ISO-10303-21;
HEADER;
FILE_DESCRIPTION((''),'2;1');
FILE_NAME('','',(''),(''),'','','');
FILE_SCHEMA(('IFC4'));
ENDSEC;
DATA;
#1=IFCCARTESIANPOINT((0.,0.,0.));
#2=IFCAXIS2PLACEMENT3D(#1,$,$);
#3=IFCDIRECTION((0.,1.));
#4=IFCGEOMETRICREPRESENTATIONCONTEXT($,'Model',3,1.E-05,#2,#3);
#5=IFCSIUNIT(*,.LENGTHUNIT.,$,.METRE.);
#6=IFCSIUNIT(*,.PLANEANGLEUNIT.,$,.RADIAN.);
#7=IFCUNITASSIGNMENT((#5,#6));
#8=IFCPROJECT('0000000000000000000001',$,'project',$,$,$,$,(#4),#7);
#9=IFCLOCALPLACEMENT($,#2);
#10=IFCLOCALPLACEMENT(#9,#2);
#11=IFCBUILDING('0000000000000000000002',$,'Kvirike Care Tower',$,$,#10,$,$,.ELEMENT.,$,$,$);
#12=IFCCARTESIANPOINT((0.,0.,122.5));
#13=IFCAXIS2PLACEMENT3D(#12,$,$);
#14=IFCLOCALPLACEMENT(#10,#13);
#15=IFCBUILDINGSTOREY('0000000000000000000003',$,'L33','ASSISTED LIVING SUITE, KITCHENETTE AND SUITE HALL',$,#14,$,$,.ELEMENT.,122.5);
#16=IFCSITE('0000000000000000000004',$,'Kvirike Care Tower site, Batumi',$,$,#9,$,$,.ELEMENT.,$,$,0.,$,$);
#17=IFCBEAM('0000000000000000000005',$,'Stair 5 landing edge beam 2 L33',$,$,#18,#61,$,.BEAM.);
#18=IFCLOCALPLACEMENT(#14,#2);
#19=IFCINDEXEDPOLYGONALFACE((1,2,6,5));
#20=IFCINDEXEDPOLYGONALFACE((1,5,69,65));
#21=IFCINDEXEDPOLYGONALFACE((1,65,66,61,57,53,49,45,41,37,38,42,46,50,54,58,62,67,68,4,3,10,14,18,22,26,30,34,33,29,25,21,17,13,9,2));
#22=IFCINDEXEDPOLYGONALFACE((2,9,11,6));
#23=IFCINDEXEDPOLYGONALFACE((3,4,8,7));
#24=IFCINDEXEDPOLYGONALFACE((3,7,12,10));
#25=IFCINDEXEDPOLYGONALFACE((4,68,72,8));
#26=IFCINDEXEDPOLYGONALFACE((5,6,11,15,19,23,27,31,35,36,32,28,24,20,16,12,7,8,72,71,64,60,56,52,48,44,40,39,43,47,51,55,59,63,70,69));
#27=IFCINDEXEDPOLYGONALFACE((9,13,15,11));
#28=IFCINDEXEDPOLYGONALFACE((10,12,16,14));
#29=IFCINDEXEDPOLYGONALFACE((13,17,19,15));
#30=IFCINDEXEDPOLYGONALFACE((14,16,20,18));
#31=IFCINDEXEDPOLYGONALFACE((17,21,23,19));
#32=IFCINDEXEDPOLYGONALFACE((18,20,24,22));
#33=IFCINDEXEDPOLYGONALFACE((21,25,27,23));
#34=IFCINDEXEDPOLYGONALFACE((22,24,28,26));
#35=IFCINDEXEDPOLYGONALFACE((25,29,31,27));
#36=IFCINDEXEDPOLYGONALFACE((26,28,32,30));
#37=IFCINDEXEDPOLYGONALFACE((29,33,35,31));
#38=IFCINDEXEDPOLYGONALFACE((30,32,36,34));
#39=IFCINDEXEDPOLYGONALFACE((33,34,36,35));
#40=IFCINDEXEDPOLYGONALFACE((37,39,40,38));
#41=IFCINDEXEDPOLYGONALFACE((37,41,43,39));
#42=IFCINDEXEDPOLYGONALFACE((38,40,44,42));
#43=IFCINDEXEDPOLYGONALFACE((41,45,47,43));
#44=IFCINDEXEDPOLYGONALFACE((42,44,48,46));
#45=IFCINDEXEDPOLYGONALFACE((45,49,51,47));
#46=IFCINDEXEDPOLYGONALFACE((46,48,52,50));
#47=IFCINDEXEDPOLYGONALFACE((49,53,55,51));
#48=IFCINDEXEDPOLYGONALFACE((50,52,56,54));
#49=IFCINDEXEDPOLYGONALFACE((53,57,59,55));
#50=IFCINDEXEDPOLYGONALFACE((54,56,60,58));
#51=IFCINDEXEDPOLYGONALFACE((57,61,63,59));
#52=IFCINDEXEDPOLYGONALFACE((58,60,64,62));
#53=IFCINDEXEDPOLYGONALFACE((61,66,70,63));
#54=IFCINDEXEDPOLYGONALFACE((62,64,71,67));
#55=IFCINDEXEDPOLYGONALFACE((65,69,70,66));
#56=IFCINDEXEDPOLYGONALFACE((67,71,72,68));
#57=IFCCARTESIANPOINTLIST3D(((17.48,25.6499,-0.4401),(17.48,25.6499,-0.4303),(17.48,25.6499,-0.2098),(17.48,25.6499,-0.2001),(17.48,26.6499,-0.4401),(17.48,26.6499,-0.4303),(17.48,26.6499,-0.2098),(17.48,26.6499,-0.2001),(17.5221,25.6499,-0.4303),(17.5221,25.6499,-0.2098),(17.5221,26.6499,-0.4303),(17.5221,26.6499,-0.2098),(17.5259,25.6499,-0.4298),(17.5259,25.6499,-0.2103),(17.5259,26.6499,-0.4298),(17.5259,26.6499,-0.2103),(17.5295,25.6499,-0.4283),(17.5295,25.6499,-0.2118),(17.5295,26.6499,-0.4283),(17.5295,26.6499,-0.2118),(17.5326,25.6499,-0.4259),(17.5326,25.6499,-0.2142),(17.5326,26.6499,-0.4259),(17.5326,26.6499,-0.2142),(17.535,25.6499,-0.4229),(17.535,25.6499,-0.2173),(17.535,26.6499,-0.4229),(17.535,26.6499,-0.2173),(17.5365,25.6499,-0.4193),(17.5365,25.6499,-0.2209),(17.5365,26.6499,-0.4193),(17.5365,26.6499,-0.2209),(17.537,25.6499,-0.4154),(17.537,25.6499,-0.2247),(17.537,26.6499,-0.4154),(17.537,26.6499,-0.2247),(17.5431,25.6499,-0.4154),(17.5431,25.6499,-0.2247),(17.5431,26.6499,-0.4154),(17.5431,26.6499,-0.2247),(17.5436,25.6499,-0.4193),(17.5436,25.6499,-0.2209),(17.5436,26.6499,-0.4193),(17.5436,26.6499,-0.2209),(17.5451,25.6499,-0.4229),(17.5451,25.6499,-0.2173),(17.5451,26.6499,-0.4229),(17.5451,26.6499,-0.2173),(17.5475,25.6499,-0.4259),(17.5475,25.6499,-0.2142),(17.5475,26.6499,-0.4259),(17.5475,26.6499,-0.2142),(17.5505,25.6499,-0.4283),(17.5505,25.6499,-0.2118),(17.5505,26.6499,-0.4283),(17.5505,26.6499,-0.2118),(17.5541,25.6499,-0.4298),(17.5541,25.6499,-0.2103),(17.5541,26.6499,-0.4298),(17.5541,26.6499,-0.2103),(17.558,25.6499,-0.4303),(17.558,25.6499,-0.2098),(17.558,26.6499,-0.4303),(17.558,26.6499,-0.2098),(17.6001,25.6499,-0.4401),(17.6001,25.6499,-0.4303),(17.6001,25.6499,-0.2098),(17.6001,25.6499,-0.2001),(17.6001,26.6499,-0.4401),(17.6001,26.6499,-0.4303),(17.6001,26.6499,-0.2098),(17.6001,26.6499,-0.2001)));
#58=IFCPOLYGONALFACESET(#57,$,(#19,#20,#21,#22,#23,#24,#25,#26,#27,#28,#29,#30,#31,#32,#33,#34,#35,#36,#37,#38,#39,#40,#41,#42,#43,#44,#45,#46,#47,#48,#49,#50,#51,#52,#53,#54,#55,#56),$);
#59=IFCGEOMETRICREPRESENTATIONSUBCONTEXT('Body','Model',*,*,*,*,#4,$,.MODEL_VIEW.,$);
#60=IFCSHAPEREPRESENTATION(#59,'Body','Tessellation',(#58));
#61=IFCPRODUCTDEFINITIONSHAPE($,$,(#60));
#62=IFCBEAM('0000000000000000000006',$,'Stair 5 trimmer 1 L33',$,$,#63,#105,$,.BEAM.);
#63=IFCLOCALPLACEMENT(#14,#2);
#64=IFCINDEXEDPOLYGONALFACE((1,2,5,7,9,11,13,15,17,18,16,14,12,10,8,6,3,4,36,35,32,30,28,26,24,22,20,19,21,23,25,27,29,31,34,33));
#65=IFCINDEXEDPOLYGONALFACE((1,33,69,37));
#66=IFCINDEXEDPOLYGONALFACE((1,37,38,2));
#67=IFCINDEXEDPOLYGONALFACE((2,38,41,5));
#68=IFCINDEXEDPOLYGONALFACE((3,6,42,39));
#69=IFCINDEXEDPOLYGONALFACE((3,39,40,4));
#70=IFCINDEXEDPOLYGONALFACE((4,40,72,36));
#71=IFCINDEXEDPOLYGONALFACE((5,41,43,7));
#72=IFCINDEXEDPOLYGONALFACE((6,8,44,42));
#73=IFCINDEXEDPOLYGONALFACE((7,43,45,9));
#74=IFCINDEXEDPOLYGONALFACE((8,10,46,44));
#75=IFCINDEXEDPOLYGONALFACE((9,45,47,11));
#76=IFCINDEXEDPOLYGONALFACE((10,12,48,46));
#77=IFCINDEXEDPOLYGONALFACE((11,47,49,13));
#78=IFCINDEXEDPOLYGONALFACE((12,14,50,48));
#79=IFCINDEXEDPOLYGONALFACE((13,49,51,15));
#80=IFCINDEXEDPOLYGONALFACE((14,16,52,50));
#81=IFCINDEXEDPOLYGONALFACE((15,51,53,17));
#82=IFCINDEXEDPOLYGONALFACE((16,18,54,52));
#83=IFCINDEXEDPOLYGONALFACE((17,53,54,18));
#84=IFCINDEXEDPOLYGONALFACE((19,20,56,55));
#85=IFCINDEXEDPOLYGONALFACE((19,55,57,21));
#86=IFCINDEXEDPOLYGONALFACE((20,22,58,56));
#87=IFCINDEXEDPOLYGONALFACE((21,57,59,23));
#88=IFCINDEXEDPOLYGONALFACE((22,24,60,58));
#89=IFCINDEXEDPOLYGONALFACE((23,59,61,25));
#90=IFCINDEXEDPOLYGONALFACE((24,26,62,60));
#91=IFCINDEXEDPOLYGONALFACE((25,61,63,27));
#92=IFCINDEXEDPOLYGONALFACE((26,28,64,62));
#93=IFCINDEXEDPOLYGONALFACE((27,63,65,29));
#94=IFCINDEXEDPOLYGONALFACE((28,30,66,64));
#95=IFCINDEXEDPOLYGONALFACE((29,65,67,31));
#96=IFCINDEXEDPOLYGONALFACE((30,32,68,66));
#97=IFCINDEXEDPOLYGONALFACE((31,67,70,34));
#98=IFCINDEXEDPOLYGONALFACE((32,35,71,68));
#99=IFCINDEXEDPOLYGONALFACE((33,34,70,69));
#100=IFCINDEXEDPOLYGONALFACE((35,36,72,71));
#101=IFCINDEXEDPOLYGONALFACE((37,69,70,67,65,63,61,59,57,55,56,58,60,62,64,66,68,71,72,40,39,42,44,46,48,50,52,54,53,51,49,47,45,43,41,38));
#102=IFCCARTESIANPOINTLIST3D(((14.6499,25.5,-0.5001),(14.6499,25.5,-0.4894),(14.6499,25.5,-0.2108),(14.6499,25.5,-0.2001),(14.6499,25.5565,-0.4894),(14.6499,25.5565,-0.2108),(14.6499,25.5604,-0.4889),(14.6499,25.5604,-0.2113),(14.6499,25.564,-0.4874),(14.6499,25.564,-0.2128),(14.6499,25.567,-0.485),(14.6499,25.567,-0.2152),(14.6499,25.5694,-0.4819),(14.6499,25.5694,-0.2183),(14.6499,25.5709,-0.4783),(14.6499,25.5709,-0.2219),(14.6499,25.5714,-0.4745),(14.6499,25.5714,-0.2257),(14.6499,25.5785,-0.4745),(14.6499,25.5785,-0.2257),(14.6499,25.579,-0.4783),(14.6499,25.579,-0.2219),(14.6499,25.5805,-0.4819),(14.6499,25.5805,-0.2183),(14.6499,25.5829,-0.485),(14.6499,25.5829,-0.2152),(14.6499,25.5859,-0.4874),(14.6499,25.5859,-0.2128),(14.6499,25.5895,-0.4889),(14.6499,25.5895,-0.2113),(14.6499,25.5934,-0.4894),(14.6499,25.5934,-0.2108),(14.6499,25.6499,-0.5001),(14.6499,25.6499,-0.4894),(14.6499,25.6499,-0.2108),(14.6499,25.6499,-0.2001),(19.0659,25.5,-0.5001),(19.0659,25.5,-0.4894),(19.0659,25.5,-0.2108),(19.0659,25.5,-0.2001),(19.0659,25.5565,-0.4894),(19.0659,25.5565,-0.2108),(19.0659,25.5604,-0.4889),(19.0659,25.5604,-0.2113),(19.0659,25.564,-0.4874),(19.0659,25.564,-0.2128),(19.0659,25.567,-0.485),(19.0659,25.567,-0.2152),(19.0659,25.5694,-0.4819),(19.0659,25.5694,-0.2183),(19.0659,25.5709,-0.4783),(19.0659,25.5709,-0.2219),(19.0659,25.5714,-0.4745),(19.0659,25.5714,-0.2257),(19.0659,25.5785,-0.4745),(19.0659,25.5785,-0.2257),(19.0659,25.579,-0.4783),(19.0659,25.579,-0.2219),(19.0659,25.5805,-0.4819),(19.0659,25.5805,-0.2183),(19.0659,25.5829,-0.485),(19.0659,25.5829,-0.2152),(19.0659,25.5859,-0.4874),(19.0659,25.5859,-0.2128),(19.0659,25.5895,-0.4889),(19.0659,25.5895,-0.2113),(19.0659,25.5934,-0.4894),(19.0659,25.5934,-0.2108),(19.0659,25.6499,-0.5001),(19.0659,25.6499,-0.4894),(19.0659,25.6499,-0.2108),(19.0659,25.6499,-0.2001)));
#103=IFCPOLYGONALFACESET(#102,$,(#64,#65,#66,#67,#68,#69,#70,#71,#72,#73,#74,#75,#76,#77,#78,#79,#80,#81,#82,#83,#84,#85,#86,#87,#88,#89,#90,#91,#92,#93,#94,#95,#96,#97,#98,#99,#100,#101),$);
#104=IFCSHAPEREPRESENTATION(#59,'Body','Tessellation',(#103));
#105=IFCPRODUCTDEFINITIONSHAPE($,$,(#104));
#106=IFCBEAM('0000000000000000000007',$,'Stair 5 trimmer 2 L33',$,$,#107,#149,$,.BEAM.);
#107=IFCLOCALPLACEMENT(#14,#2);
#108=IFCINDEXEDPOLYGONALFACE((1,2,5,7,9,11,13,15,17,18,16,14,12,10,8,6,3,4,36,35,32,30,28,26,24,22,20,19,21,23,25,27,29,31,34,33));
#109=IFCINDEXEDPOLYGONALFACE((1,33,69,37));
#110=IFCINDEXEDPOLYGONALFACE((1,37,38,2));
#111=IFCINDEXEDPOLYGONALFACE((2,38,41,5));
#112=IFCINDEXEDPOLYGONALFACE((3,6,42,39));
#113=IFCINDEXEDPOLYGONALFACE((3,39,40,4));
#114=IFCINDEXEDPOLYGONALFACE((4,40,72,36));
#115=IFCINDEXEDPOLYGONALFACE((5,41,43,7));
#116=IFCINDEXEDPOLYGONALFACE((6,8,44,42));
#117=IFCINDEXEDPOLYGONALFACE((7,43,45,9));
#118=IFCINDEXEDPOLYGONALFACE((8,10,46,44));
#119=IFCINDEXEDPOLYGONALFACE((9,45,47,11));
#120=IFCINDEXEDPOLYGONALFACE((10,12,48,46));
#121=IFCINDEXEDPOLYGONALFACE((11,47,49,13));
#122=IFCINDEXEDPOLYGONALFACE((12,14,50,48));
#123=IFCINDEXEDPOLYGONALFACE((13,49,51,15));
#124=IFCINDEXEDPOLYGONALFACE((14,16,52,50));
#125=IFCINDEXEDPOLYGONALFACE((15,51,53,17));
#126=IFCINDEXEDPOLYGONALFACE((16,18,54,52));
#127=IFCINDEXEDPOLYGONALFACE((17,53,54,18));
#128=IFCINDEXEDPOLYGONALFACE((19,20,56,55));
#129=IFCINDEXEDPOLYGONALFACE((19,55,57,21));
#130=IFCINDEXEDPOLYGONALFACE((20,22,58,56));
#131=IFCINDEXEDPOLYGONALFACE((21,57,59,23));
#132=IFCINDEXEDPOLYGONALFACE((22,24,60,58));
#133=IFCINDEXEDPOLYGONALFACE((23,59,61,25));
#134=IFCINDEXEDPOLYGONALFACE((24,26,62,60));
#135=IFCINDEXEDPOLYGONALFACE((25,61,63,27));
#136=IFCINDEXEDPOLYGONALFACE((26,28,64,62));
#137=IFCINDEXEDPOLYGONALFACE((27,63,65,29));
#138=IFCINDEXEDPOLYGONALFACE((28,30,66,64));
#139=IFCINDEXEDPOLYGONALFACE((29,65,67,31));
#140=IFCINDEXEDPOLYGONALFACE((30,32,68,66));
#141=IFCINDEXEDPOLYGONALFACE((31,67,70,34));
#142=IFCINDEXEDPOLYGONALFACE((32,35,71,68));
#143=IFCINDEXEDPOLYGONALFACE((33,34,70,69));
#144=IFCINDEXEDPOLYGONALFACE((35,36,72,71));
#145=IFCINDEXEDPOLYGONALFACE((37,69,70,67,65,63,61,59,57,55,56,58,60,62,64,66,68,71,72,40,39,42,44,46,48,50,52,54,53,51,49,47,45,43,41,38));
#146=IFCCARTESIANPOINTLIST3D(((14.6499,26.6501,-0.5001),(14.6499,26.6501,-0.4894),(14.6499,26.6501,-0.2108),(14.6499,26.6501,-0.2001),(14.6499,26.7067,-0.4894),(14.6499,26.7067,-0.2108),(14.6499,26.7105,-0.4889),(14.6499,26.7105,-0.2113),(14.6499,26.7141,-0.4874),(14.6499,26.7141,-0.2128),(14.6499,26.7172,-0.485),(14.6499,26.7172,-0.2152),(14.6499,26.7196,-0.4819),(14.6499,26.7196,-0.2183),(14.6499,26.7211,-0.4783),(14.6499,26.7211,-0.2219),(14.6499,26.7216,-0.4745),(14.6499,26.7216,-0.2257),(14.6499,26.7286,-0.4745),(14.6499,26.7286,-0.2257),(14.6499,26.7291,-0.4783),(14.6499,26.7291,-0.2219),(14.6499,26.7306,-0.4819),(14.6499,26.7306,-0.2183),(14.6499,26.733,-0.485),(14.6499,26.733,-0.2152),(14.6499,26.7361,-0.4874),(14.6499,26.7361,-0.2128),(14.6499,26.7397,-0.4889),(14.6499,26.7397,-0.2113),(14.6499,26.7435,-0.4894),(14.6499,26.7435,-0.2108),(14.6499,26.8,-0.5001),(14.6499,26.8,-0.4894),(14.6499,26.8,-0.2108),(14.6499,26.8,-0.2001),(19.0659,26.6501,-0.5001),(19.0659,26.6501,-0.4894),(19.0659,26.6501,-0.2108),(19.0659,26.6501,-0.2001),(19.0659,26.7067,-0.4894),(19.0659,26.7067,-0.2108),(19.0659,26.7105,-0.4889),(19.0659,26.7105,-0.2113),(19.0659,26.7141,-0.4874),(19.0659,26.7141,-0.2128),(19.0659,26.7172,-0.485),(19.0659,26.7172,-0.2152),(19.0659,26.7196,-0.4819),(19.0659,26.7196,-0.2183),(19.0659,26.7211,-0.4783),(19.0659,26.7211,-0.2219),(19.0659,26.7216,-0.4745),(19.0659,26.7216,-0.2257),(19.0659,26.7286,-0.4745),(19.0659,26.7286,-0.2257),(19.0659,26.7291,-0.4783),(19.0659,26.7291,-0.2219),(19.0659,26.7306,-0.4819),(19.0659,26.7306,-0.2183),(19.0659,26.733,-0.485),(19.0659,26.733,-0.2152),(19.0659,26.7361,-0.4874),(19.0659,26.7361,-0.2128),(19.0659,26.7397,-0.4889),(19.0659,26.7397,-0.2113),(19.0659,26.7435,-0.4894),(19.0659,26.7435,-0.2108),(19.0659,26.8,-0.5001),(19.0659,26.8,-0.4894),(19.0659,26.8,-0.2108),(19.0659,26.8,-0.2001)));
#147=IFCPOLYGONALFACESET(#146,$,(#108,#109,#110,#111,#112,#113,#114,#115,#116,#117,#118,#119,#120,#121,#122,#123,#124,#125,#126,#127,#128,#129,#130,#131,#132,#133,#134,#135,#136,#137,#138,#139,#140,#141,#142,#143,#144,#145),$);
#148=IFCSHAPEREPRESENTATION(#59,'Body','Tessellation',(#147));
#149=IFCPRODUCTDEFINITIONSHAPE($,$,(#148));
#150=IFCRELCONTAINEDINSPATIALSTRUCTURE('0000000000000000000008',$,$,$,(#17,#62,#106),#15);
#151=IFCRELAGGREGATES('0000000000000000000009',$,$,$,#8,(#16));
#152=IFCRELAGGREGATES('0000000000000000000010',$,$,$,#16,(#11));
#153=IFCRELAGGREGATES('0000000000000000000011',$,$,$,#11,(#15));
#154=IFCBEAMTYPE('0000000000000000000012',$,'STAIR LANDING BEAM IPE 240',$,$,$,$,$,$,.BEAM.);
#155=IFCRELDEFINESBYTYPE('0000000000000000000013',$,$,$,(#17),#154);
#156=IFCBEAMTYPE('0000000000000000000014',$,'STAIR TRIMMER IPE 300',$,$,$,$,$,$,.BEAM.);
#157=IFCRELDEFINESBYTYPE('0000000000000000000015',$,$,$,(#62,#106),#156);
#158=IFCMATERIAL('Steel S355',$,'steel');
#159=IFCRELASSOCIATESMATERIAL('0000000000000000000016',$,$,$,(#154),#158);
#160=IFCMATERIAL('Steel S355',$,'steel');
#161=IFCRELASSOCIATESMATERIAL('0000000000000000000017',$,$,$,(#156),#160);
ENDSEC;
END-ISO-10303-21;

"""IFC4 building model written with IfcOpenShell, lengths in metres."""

from ifc_helpers import new_model, si_unit, direction, frame, origin, origin_2d, place, context, subcontext, project, spatial, i_section, extrude, material, material_profile, profile_set, type_object, element, save


model = new_model("IFC4")

# Units and contexts
model_context = context("Model", 3, precision=1e-05, world=origin(), true_north=direction((0.0, 1.0)))
body_context = subcontext(model_context, "Body", "Model", "MODEL_VIEW")
ifc_project = project(units=[si_unit("LENGTHUNIT", "METRE"), si_unit("PLANEANGLEUNIT", "RADIAN")], contexts=[model_context])

# Site, building, storey
site_placement = place(None, origin())
site = spatial("IfcSite", under=ifc_project, at=site_placement, Name="Kvirike Care Tower site, Batumi", CompositionType="ELEMENT", RefElevation=0.0)
building_placement = place(site_placement, origin())
building = spatial("IfcBuilding", under=site, at=building_placement, Name="Kvirike Care Tower", CompositionType="ELEMENT")
storey_placement = place(building_placement, frame((0.0, 0.0, 122.5)))
storey = spatial("IfcBuildingStorey", under=building, at=storey_placement, Name="L33", Description="ASSISTED LIVING SUITE, KITCHENETTE AND SUITE HALL", CompositionType="ELEMENT", Elevation=122.5)

# Beams
ifc_material_1 = material(Name="Steel S355", Category="steel")
ifc_material_profile_1 = material_profile(ifc_material_1, i_section(OverallWidth=0.1201, OverallDepth=0.24, WebThickness=0.0061, FlangeThickness=0.0098, FilletRadius=0.0149, at=origin_2d()), Name="IPE 240")
ifc_profile_set_1 = profile_set([ifc_material_profile_1], Name="Steel S355")
beam_type_1 = type_object("IfcBeamType", Name="STAIR LANDING BEAM IPE 240", PredefinedType="BEAM", material=ifc_profile_set_1)
for number, where, z_axis, x_axis, name in (
    (1, (17.54, 25.6499, -0.3201), (0.0, 1.0, 0.0), (-1.0, 0.0, 0.0), "Stair 5 landing edge beam 2 L33"),
):
    element("IfcBeam", number, at=place(storey_placement, frame(where, z_axis=z_axis, x_axis=x_axis)), inside=storey, type_object=beam_type_1, Name=name, PredefinedType="BEAM", context=body_context, shape_type="SweptSolid", body=[
        extrude(i_section(OverallWidth=0.1201, OverallDepth=0.24, WebThickness=0.0061, FlangeThickness=0.0098, FilletRadius=0.0149, at=origin_2d()), origin(), (0.0, 0.0, 1.0), 1.0),
    ])
ifc_material_2 = material(Name="Steel S355", Category="steel")
ifc_material_profile_2 = material_profile(ifc_material_2, i_section(OverallWidth=0.1499, OverallDepth=0.3, WebThickness=0.0071, FlangeThickness=0.0107, FilletRadius=0.0149, at=origin_2d()), Name="IPE 300")
ifc_profile_set_2 = profile_set([ifc_material_profile_2], Name="Steel S355")
beam_type_2 = type_object("IfcBeamType", Name="STAIR TRIMMER IPE 300", PredefinedType="BEAM", material=ifc_profile_set_2)
for number, where, z_axis, x_axis, name in (
    (2, (14.6499, 25.575, -0.3501), (1.0, 0.0, 0.0), (0.0, 1.0, 0.0), "Stair 5 trimmer 1 L33"),
    (3, (14.6499, 26.7251, -0.3501), (1.0, 0.0, 0.0), (0.0, 1.0, 0.0), "Stair 5 trimmer 2 L33"),
):
    element("IfcBeam", number, at=place(storey_placement, frame(where, z_axis=z_axis, x_axis=x_axis)), inside=storey, type_object=beam_type_2, Name=name, PredefinedType="BEAM", context=body_context, shape_type="SweptSolid", body=[
        extrude(i_section(OverallWidth=0.1499, OverallDepth=0.3, WebThickness=0.0071, FlangeThickness=0.0107, FilletRadius=0.0149, at=origin_2d()), origin(), (0.0, 0.0, 1.0), 4.416),
    ])

save(model, "model.ifc")
